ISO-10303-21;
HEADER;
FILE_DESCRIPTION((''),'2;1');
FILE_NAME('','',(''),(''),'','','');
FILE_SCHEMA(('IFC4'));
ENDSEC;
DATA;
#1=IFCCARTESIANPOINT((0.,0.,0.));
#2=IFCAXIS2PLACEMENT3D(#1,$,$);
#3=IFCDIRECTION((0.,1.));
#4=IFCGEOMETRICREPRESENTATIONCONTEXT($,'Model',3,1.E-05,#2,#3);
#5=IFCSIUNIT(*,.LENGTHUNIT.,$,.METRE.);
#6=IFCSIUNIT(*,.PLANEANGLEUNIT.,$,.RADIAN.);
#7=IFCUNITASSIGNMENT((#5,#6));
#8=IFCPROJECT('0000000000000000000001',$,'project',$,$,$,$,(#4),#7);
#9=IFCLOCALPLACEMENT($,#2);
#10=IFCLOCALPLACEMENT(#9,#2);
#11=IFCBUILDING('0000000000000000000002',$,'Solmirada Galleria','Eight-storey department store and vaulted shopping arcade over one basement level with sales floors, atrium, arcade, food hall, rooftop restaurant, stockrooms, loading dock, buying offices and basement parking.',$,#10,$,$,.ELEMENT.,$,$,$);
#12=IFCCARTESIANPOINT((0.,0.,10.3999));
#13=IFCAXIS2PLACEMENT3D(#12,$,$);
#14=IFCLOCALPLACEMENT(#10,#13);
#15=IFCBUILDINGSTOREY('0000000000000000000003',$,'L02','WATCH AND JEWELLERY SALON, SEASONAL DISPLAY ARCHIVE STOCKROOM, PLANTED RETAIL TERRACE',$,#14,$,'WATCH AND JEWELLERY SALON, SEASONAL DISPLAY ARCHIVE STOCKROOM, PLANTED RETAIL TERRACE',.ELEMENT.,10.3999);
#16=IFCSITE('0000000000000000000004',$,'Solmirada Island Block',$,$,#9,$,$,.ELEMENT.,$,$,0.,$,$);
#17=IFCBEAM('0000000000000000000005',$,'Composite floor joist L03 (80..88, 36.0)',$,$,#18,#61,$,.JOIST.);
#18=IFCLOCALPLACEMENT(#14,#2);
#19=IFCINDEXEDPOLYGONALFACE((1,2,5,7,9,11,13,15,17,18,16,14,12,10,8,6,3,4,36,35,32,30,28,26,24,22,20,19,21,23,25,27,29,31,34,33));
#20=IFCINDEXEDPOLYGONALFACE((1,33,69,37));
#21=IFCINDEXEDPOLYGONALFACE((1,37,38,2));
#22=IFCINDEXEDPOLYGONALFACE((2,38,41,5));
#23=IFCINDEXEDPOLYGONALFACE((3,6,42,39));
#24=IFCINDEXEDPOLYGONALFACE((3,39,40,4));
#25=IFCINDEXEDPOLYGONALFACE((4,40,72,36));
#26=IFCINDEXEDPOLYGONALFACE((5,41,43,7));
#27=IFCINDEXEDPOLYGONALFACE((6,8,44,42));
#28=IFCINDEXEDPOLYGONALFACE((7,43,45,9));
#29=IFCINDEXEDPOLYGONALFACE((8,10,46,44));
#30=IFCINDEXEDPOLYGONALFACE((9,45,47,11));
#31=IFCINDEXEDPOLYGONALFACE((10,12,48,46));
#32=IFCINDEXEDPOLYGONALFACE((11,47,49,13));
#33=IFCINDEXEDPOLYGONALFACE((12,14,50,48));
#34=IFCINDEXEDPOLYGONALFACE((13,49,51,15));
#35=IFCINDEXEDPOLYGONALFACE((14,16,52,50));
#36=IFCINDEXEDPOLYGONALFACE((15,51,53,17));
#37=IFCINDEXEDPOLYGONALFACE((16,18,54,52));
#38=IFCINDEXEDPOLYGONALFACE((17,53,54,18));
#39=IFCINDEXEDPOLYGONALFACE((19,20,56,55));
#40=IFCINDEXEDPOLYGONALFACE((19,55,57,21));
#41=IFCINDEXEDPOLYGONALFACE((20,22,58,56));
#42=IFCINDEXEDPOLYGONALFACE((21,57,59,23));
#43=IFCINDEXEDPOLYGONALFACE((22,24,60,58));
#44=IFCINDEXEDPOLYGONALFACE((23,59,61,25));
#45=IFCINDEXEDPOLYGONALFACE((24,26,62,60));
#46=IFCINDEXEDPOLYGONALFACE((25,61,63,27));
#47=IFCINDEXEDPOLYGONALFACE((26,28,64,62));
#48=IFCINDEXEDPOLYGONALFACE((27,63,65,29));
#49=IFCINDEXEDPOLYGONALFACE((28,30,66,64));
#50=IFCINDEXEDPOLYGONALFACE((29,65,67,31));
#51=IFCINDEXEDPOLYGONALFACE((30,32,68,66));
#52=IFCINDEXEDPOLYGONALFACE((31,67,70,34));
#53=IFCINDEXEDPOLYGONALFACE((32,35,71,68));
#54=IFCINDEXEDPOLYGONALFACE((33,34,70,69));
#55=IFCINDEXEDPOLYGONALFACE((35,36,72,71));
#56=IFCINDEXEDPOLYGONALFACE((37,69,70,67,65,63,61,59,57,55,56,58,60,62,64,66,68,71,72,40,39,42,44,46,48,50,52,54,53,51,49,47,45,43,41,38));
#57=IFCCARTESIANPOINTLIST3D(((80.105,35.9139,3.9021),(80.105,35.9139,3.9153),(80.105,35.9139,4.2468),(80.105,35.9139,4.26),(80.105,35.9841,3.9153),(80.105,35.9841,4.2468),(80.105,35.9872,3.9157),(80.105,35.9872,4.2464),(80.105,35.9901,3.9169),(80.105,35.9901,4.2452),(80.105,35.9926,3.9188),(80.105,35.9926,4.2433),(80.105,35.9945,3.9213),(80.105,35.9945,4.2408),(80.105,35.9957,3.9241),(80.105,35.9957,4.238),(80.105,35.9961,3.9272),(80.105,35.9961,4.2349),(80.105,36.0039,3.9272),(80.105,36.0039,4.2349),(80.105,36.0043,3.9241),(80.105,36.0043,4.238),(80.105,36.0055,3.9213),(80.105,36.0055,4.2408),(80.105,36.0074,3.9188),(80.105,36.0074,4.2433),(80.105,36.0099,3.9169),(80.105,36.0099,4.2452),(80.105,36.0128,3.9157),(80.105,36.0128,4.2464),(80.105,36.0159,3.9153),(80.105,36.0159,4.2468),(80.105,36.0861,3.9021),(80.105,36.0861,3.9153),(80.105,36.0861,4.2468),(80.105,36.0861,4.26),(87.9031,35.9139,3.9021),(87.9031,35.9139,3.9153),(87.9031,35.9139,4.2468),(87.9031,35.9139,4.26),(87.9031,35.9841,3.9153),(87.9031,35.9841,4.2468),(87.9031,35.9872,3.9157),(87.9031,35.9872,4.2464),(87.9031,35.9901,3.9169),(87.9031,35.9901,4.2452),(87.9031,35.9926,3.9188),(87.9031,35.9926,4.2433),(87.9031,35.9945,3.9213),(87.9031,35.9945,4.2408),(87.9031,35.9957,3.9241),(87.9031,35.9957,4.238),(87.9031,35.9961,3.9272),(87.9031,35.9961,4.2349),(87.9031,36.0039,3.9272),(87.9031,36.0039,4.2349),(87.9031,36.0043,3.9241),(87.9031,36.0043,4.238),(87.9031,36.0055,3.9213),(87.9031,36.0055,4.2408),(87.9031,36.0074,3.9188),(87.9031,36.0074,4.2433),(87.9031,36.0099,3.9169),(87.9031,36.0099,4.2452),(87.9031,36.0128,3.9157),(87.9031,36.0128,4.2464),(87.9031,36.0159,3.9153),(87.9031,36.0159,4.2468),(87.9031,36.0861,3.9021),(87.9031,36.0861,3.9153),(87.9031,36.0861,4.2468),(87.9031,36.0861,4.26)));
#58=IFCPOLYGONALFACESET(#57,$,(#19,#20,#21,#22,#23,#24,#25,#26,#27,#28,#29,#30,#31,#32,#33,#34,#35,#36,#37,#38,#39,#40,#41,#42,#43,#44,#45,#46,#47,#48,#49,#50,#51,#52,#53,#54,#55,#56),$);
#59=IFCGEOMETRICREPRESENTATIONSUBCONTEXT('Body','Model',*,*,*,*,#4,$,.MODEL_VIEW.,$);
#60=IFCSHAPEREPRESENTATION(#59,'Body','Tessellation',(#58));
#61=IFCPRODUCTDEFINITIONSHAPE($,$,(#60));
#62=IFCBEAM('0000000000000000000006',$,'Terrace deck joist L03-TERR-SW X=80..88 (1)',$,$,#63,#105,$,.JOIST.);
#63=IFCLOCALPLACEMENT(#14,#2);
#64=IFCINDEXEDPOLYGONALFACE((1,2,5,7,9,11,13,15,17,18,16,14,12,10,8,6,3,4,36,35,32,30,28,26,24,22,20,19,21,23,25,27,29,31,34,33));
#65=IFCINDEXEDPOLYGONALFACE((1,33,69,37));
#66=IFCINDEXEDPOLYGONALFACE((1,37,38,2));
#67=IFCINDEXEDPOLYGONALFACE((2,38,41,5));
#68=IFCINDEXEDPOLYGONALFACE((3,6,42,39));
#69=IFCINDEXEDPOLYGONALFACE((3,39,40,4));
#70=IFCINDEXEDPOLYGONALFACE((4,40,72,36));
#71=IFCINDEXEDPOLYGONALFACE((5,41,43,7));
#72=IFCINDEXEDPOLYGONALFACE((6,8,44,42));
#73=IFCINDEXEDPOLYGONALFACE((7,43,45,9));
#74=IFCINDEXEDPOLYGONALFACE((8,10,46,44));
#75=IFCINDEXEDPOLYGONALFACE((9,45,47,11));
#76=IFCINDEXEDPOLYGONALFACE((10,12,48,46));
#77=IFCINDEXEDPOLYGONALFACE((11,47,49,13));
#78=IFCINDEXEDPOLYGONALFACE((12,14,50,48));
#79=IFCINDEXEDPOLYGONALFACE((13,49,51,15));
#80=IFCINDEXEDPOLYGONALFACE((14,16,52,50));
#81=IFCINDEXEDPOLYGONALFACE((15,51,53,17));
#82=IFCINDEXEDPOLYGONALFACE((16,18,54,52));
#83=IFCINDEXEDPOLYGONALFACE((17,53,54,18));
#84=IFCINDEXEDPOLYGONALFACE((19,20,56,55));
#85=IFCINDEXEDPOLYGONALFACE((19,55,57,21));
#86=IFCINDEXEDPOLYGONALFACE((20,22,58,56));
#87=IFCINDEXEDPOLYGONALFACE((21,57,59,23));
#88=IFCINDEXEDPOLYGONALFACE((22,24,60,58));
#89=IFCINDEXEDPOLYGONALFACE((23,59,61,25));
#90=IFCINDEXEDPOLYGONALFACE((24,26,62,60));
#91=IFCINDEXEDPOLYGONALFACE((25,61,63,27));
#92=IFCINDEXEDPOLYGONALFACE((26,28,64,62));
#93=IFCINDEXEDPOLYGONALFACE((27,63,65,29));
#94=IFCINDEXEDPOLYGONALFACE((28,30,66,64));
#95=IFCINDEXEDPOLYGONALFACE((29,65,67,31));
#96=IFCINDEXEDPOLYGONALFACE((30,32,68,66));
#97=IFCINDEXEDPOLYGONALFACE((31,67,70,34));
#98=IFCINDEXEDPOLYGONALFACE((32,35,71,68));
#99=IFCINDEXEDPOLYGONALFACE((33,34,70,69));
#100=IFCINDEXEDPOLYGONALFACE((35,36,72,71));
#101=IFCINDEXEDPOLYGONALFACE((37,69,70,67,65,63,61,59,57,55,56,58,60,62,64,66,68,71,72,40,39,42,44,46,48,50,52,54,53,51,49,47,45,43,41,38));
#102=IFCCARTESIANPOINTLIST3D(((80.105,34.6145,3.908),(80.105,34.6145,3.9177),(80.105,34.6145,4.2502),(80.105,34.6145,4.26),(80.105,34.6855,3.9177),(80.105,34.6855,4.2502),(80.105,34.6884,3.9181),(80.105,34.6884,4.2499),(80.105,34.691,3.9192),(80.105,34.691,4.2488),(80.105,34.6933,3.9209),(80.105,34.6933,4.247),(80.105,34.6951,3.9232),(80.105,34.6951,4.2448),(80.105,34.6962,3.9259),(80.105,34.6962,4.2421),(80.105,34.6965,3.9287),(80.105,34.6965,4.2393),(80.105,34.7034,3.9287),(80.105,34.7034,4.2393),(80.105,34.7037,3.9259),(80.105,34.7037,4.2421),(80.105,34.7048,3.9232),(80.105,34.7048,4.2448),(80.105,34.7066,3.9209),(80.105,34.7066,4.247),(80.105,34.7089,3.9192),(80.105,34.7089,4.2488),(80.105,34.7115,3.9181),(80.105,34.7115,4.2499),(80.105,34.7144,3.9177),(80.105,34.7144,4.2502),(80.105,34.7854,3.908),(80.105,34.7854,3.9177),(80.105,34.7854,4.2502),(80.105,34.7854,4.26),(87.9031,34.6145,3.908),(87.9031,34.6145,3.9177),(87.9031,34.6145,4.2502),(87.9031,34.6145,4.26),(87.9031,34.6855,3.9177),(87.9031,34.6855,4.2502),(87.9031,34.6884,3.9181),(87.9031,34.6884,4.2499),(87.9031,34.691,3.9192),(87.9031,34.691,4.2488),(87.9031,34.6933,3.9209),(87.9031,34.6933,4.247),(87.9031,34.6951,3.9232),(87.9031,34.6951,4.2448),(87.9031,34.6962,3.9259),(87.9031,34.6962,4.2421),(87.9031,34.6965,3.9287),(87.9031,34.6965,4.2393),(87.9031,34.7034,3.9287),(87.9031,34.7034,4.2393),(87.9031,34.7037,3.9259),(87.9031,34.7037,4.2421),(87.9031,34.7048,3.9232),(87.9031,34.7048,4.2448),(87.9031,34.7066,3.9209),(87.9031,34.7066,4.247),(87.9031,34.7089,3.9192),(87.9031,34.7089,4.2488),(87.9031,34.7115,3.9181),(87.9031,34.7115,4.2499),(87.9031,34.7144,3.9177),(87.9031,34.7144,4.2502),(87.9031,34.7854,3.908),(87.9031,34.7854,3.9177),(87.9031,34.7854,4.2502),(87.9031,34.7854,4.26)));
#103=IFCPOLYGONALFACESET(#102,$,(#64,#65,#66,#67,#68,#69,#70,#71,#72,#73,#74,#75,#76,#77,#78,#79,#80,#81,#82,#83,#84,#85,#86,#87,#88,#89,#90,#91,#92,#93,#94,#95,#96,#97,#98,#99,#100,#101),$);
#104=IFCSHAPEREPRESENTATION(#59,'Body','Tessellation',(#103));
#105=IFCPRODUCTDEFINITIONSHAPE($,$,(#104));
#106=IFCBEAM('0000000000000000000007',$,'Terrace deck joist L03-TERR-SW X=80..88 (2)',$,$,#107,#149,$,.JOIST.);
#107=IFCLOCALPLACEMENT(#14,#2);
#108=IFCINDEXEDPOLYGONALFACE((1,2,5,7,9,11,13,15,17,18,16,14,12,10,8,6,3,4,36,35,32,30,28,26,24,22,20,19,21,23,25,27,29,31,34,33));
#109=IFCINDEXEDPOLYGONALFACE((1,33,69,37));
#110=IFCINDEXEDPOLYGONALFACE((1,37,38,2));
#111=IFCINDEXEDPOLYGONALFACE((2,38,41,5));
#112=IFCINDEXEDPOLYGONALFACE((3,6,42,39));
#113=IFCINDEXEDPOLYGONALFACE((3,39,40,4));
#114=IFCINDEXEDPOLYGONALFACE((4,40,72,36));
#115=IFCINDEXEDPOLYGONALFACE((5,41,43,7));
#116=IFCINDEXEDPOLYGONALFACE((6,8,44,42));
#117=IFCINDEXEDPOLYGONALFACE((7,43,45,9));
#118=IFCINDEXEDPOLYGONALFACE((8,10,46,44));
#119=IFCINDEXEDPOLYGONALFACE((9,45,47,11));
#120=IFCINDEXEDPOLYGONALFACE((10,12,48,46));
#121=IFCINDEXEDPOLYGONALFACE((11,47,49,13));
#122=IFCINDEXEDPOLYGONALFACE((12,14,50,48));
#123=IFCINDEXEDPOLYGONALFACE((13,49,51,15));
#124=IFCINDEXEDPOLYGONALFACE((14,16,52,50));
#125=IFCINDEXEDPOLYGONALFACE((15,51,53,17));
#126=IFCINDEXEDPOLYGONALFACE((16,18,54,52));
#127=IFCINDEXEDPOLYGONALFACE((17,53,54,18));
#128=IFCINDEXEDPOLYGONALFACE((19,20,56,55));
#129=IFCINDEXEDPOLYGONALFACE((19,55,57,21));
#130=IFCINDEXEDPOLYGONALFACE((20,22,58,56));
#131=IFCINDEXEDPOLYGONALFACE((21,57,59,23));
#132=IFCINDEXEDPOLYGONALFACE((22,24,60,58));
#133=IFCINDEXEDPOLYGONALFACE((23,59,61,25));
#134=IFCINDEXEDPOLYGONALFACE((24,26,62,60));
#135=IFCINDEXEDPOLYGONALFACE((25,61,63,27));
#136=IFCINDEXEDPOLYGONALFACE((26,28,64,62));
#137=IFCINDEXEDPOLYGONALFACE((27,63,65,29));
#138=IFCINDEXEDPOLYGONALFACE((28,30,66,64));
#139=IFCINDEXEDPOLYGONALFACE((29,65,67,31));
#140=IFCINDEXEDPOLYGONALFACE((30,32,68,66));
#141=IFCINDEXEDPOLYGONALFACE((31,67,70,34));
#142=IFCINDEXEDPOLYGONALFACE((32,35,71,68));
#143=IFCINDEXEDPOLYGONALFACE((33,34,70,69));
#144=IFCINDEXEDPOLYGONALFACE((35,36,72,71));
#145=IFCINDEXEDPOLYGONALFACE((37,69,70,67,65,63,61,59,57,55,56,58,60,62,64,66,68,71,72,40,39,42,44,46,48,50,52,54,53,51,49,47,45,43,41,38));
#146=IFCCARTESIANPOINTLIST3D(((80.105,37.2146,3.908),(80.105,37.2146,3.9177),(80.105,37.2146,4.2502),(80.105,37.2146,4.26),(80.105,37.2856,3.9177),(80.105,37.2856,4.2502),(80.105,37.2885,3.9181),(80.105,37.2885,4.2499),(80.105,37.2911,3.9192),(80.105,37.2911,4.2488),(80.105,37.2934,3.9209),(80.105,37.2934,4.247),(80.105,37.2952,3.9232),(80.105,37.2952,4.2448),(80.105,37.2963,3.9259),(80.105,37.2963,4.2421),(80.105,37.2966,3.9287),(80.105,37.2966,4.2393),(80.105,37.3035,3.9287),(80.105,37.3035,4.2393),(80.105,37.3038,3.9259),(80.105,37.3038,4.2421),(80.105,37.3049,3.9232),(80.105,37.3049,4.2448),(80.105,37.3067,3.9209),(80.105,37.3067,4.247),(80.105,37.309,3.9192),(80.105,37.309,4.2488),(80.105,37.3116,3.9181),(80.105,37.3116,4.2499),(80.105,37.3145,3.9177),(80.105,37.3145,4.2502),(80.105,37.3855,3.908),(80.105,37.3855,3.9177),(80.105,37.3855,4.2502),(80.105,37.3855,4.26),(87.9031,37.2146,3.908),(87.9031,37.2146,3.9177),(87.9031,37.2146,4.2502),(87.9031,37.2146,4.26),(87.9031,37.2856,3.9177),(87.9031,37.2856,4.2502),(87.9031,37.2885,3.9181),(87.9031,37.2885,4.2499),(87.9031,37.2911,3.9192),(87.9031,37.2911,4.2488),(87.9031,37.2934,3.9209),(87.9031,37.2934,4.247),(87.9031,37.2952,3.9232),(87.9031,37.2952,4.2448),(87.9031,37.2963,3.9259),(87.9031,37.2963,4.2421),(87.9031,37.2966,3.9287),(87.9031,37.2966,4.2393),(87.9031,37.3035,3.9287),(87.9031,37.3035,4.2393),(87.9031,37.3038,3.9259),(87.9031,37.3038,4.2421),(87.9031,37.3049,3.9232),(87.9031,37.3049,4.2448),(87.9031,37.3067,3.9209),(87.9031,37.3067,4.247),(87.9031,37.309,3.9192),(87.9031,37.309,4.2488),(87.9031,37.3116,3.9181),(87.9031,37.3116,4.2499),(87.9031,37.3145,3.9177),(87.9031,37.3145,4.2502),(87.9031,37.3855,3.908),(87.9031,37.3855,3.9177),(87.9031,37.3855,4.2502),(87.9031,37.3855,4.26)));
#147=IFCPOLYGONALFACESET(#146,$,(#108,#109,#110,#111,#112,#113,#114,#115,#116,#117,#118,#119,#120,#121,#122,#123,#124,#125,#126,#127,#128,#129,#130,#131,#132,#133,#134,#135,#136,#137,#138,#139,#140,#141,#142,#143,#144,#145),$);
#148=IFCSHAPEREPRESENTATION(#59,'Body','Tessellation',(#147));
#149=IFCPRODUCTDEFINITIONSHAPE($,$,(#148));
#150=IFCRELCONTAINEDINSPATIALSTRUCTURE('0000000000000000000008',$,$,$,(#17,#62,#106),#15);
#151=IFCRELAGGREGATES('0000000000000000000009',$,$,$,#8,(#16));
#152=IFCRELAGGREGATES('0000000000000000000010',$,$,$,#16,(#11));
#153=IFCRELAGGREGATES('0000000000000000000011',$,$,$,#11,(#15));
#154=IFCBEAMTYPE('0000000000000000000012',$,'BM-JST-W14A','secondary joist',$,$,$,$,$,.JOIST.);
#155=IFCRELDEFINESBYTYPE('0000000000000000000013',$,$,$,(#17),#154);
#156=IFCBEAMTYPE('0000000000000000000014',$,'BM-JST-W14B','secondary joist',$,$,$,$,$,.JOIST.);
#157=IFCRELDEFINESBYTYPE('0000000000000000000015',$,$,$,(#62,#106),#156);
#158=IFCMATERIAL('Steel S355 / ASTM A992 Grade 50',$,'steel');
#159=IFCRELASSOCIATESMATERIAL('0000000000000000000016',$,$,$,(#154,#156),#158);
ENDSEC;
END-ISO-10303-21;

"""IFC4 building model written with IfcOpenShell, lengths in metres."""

from ifc_helpers import new_model, si_unit, direction, frame, origin, origin_2d, place, context, subcontext, project, spatial, i_section, extrude, material, material_profile, profile_set, type_object, element, save


model = new_model("IFC4")

# Units and contexts
model_context = context("Model", 3, precision=1e-05, world=origin(), true_north=direction((0.0, 1.0)))
body_context = subcontext(model_context, "Body", "Model", "MODEL_VIEW")
ifc_project = project(units=[si_unit("LENGTHUNIT", "METRE"), si_unit("PLANEANGLEUNIT", "RADIAN")], contexts=[model_context])

# Site, building, storey
site_placement = place(None, origin())
site = spatial("IfcSite", under=ifc_project, at=site_placement, Name="Solmirada Island Block", CompositionType="ELEMENT", RefElevation=0.0)
building_placement = place(site_placement, origin())
building = spatial("IfcBuilding", under=site, at=building_placement, Name="Solmirada Galleria", Description="Eight-storey department store and vaulted shopping arcade over one basement level with sales floors, atrium, arcade, food hall, rooftop restaurant, stockrooms, loading dock, buying offices and basement parking.", CompositionType="ELEMENT")
storey_placement = place(building_placement, frame((0.0, 0.0, 10.3999)))
storey = spatial("IfcBuildingStorey", under=building, at=storey_placement, Name="L02", Description="WATCH AND JEWELLERY SALON, SEASONAL DISPLAY ARCHIVE STOCKROOM, PLANTED RETAIL TERRACE", LongName="WATCH AND JEWELLERY SALON, SEASONAL DISPLAY ARCHIVE STOCKROOM, PLANTED RETAIL TERRACE", CompositionType="ELEMENT", Elevation=10.3999)

# Beams
ifc_material_1 = material(Name="Steel S355 / ASTM A992 Grade 50", Category="steel")
ifc_material_profile_1 = material_profile(ifc_material_1, i_section(OverallWidth=0.1721, OverallDepth=0.3579, WebThickness=0.0078, FlangeThickness=0.0132, FilletRadius=0.012, at=origin_2d()), Name="W14X38")
ifc_profile_set_1 = profile_set([ifc_material_profile_1], Name="Steel S355 / ASTM A992 Grade 50")
beam_type_1 = type_object("IfcBeamType", Name="BM-JST-W14A", Description="secondary joist", PredefinedType="JOIST", material=ifc_profile_set_1)
for number, where, z_axis, x_axis, name in (
    (1, (80.105, 36.0, 4.0811), (1.0, 0.0, 0.0), (0.0, 1.0, 0.0), "Composite floor joist L03 (80..88, 36.0)"),
):
    element("IfcBeam", number, at=place(storey_placement, frame(where, z_axis=z_axis, x_axis=x_axis)), inside=storey, type_object=beam_type_1, Name=name, PredefinedType="JOIST", context=body_context, shape_type="SweptSolid", body=[
        extrude(i_section(OverallWidth=0.1721, OverallDepth=0.3579, WebThickness=0.0078, FlangeThickness=0.0132, FilletRadius=0.012, at=origin_2d()), origin(), (0.0, 0.0, 1.0), 7.7981),
    ])
ifc_material_profile_2 = material_profile(ifc_material_1, i_section(OverallWidth=0.1709, OverallDepth=0.3521, WebThickness=0.0068, FlangeThickness=0.0098, FilletRadius=0.011, at=origin_2d()), Name="W14X30")
ifc_profile_set_2 = profile_set([ifc_material_profile_2], Name="Steel S355 / ASTM A992 Grade 50")
beam_type_2 = type_object("IfcBeamType", Name="BM-JST-W14B", Description="secondary joist", PredefinedType="JOIST", material=ifc_profile_set_2)
for number, where, z_axis, x_axis, name in (
    (2, (80.105, 34.7, 4.084), (1.0, 0.0, 0.0), (0.0, 1.0, 0.0), "Terrace deck joist L03-TERR-SW X=80..88 (1)"),
    (3, (80.105, 37.3, 4.084), (1.0, 0.0, 0.0), (0.0, 1.0, 0.0), "Terrace deck joist L03-TERR-SW X=80..88 (2)"),
):
    element("IfcBeam", number, at=place(storey_placement, frame(where, z_axis=z_axis, x_axis=x_axis)), inside=storey, type_object=beam_type_2, Name=name, PredefinedType="JOIST", context=body_context, shape_type="SweptSolid", body=[
        extrude(i_section(OverallWidth=0.1709, OverallDepth=0.3521, WebThickness=0.0068, FlangeThickness=0.0098, FilletRadius=0.011, at=origin_2d()), origin(), (0.0, 0.0, 1.0), 7.7981),
    ])

save(model, "model.ifc")
